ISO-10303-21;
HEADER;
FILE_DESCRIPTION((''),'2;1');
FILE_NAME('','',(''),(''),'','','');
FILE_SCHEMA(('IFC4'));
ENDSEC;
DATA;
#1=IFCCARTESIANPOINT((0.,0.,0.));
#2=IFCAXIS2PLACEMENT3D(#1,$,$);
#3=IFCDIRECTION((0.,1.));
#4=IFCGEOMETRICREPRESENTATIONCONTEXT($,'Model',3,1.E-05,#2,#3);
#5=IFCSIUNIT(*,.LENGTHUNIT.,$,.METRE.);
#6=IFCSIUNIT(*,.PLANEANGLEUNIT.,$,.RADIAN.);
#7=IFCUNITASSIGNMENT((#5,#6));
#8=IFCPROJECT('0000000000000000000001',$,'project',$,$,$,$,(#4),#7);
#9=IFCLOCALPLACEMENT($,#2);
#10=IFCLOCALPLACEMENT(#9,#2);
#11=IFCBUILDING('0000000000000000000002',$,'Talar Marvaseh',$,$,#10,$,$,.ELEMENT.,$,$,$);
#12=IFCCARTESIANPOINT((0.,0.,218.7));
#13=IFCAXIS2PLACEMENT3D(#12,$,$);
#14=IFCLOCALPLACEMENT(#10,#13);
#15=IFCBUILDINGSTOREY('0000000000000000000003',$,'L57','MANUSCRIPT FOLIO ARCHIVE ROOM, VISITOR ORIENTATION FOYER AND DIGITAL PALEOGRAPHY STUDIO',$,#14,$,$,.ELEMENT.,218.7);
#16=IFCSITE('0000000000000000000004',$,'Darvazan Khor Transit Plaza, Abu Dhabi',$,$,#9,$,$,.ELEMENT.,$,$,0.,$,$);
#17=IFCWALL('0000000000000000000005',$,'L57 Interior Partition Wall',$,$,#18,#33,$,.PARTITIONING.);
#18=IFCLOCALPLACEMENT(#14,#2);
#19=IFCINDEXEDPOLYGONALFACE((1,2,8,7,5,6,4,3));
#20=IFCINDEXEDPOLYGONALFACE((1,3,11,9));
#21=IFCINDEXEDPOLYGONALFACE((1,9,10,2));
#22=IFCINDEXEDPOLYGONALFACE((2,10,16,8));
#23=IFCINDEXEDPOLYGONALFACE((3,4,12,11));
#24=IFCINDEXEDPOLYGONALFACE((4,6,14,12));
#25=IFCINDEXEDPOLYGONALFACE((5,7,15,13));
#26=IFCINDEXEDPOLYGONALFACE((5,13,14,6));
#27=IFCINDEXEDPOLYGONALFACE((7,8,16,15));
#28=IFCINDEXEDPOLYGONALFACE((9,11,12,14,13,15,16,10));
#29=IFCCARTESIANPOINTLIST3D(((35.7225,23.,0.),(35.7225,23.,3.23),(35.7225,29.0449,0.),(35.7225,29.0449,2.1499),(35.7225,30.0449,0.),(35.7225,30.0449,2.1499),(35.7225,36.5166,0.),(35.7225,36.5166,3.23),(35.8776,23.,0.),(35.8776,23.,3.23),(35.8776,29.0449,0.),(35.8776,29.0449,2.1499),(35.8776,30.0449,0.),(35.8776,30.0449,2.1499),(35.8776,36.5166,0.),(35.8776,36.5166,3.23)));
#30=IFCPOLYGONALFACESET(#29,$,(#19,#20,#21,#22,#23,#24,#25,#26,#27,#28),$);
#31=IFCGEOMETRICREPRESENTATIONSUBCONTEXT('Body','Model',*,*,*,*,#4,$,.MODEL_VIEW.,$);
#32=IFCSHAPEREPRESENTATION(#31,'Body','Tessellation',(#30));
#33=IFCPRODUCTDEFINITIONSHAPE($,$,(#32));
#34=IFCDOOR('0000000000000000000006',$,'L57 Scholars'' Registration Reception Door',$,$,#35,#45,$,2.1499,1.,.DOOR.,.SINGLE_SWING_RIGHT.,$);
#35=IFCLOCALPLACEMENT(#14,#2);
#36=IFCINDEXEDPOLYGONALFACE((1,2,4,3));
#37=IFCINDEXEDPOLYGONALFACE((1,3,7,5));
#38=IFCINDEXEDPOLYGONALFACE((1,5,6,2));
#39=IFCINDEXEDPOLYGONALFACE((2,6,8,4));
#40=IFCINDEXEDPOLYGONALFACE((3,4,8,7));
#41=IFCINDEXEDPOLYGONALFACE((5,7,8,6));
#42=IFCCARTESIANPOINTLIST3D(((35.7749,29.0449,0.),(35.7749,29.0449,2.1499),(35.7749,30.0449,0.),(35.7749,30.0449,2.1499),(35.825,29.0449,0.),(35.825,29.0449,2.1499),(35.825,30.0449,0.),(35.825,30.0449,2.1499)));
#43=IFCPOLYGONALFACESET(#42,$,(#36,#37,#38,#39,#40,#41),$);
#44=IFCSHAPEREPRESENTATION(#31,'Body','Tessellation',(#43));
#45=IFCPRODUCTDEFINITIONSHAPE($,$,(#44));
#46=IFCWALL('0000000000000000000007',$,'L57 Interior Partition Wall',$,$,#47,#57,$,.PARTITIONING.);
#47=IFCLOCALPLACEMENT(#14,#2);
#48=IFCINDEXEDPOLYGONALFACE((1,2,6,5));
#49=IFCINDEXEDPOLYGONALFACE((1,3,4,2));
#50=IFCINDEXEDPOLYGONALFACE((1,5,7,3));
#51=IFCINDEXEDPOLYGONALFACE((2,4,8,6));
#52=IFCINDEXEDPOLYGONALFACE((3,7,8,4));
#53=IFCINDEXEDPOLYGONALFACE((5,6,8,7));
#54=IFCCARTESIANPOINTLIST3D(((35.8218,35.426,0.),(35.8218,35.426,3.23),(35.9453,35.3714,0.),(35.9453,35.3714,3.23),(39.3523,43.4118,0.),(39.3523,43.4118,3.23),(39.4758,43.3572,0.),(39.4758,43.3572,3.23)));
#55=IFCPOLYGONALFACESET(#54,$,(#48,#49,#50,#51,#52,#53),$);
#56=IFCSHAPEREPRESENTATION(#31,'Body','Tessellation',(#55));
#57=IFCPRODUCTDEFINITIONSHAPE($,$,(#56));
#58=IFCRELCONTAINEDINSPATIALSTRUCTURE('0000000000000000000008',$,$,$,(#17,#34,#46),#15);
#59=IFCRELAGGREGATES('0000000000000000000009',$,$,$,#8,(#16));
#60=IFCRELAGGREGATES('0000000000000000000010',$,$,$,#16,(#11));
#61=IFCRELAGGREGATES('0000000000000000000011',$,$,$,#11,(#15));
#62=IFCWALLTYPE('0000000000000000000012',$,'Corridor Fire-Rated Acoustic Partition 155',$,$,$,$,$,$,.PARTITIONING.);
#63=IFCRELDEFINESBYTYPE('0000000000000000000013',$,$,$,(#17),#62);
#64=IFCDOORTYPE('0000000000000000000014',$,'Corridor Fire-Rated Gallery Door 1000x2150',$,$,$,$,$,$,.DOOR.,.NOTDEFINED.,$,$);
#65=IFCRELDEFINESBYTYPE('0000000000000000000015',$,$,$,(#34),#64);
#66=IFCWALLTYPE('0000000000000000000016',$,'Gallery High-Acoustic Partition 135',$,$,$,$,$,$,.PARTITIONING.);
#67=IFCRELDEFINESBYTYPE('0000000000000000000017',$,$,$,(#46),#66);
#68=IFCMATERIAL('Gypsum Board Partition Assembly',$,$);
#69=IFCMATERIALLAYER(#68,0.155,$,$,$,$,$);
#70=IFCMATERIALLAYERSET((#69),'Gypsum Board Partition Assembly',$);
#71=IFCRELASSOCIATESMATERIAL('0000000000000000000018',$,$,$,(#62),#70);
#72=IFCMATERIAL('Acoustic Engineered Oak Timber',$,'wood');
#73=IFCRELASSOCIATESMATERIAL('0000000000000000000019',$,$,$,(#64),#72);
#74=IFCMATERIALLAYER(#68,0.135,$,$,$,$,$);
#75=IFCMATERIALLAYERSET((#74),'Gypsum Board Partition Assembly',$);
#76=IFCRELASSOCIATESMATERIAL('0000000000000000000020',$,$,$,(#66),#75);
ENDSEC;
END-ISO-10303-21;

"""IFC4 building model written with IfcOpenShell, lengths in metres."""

from ifc_helpers import new_model, si_unit, direction, frame, frame_2d, origin, place, context, subcontext, project, spatial, rectangle, extrude, source, transform, mapped, material, layer, layer_set, type_object, type_shapes, element, fill, save


model = new_model("IFC4")

# Units and contexts
model_context = context("Model", 3, precision=1e-05, world=origin(), true_north=direction((0.0, 1.0)))
body_context = subcontext(model_context, "Body", "Model", "MODEL_VIEW")
ifc_project = project(units=[si_unit("LENGTHUNIT", "METRE"), si_unit("PLANEANGLEUNIT", "RADIAN")], contexts=[model_context])

# Site, building, storey
site_placement = place(None, origin())
site = spatial("IfcSite", under=ifc_project, at=site_placement, Name="Darvazan Khor Transit Plaza, Abu Dhabi", CompositionType="ELEMENT", RefElevation=0.0)
building_placement = place(site_placement, origin())
building = spatial("IfcBuilding", under=site, at=building_placement, Name="Talar Marvaseh", CompositionType="ELEMENT")
storey_placement = place(building_placement, frame((0.0, 0.0, 218.7)))
storey = spatial("IfcBuildingStorey", under=building, at=storey_placement, Name="L57", Description="MANUSCRIPT FOLIO ARCHIVE ROOM, VISITOR ORIENTATION FOYER AND DIGITAL PALEOGRAPHY STUDIO", CompositionType="ELEMENT", Elevation=218.7)

# Wall, opening, door
ifc_material_1 = material(Name="Gypsum Board Partition Assembly")
ifc_layer_1 = layer(ifc_material_1, 0.155)
ifc_layer_set_1 = layer_set([ifc_layer_1], Name="Gypsum Board Partition Assembly")
wall_type_1 = type_object("IfcWallType", Name="Corridor Fire-Rated Acoustic Partition 155", PredefinedType="PARTITIONING", material=ifc_layer_set_1)
wall_1_placement = place(storey_placement, frame((35.8, 36.5166, 0.0), z_axis=(0.0, 0.0, 1.0), x_axis=(0.0, -1.0, 0.0)))
wall_1 = element("IfcWall", 1, at=wall_1_placement, inside=storey, type_object=wall_type_1, Name="L57 Interior Partition Wall", PredefinedType="PARTITIONING", context=body_context, shape_type="SweptSolid", body=[
    extrude(rectangle(XDim=13.5166, YDim=0.155, at=frame_2d((6.7583, 0.0))), origin(), (0.0, 0.0, 1.0), 3.23),
])
opening_placement = place(wall_1_placement, frame((6.4717, 0.0, 0.0)))
opening = element("IfcOpeningElement", 2, at=opening_placement, cuts=wall_1, PredefinedType="OPENING", context=body_context, shape_type="SweptSolid", body=[
    extrude(rectangle(XDim=1.0, YDim=2.1499, at=frame_2d((0.5, 1.075))), frame((0.0, 0.0874, 0.0), z_axis=(0.0, -1.0, 0.0), x_axis=(1.0, 0.0, 0.0)), (0.0, 0.0, 1.0), 0.175),
])
ifc_material_2 = material(Name="Acoustic Engineered Oak Timber", Category="wood")
door_type = type_object("IfcDoorType", Name="Corridor Fire-Rated Gallery Door 1000x2150", OperationType="NOTDEFINED", PredefinedType="DOOR", material=ifc_material_2)
shared_shape_1 = source(origin(), body_context, "Body", "SweptSolid", [
    extrude(rectangle(XDim=1.0, YDim=2.1499, at=frame_2d((0.5, 1.075))), frame((0.0, 0.0249, 0.0), z_axis=(0.0, -1.0, 0.0), x_axis=(1.0, 0.0, 0.0)), (0.0, 0.0, 1.0), 0.05),
])
type_shapes(door_type, [shared_shape_1])
door_placement = place(opening_placement, origin())
door = element("IfcDoor", 3, at=door_placement, inside=storey, type_object=door_type, Name="L57 Scholars' Registration Reception Door", OperationType="SINGLE_SWING_RIGHT", OverallHeight=2.1499, OverallWidth=1.0, PredefinedType="DOOR", context=body_context, shape_type="MappedRepresentation", body=[
    mapped(shared_shape_1, transform((0.0, 0.0, 0.0), x_axis=(1.0, 0.0, 0.0), y_axis=(0.0, 1.0, 0.0), z_axis=(0.0, 0.0, 1.0), scale=1.0)),
])
fill(opening, door)

# Wall
ifc_layer_2 = layer(ifc_material_1, 0.135)
ifc_layer_set_2 = layer_set([ifc_layer_2], Name="Gypsum Board Partition Assembly")
wall_type_2 = type_object("IfcWallType", Name="Gallery High-Acoustic Partition 135", PredefinedType="PARTITIONING", material=ifc_layer_set_2)
wall_2_placement = place(storey_placement, frame((35.8835, 35.3987, 0.0), z_axis=(0.0, 0.0, 1.0), x_axis=(0.404345, 0.914607, 0.0)))
element("IfcWall", 4, at=wall_2_placement, inside=storey, type_object=wall_type_2, Name="L57 Interior Partition Wall", PredefinedType="PARTITIONING", context=body_context, shape_type="SweptSolid", body=[
    extrude(rectangle(XDim=8.7314, YDim=0.135, at=frame_2d((4.3657, 0.0))), origin(), (0.0, 0.0, 1.0), 3.23),
])

save(model, "model.ifc")
